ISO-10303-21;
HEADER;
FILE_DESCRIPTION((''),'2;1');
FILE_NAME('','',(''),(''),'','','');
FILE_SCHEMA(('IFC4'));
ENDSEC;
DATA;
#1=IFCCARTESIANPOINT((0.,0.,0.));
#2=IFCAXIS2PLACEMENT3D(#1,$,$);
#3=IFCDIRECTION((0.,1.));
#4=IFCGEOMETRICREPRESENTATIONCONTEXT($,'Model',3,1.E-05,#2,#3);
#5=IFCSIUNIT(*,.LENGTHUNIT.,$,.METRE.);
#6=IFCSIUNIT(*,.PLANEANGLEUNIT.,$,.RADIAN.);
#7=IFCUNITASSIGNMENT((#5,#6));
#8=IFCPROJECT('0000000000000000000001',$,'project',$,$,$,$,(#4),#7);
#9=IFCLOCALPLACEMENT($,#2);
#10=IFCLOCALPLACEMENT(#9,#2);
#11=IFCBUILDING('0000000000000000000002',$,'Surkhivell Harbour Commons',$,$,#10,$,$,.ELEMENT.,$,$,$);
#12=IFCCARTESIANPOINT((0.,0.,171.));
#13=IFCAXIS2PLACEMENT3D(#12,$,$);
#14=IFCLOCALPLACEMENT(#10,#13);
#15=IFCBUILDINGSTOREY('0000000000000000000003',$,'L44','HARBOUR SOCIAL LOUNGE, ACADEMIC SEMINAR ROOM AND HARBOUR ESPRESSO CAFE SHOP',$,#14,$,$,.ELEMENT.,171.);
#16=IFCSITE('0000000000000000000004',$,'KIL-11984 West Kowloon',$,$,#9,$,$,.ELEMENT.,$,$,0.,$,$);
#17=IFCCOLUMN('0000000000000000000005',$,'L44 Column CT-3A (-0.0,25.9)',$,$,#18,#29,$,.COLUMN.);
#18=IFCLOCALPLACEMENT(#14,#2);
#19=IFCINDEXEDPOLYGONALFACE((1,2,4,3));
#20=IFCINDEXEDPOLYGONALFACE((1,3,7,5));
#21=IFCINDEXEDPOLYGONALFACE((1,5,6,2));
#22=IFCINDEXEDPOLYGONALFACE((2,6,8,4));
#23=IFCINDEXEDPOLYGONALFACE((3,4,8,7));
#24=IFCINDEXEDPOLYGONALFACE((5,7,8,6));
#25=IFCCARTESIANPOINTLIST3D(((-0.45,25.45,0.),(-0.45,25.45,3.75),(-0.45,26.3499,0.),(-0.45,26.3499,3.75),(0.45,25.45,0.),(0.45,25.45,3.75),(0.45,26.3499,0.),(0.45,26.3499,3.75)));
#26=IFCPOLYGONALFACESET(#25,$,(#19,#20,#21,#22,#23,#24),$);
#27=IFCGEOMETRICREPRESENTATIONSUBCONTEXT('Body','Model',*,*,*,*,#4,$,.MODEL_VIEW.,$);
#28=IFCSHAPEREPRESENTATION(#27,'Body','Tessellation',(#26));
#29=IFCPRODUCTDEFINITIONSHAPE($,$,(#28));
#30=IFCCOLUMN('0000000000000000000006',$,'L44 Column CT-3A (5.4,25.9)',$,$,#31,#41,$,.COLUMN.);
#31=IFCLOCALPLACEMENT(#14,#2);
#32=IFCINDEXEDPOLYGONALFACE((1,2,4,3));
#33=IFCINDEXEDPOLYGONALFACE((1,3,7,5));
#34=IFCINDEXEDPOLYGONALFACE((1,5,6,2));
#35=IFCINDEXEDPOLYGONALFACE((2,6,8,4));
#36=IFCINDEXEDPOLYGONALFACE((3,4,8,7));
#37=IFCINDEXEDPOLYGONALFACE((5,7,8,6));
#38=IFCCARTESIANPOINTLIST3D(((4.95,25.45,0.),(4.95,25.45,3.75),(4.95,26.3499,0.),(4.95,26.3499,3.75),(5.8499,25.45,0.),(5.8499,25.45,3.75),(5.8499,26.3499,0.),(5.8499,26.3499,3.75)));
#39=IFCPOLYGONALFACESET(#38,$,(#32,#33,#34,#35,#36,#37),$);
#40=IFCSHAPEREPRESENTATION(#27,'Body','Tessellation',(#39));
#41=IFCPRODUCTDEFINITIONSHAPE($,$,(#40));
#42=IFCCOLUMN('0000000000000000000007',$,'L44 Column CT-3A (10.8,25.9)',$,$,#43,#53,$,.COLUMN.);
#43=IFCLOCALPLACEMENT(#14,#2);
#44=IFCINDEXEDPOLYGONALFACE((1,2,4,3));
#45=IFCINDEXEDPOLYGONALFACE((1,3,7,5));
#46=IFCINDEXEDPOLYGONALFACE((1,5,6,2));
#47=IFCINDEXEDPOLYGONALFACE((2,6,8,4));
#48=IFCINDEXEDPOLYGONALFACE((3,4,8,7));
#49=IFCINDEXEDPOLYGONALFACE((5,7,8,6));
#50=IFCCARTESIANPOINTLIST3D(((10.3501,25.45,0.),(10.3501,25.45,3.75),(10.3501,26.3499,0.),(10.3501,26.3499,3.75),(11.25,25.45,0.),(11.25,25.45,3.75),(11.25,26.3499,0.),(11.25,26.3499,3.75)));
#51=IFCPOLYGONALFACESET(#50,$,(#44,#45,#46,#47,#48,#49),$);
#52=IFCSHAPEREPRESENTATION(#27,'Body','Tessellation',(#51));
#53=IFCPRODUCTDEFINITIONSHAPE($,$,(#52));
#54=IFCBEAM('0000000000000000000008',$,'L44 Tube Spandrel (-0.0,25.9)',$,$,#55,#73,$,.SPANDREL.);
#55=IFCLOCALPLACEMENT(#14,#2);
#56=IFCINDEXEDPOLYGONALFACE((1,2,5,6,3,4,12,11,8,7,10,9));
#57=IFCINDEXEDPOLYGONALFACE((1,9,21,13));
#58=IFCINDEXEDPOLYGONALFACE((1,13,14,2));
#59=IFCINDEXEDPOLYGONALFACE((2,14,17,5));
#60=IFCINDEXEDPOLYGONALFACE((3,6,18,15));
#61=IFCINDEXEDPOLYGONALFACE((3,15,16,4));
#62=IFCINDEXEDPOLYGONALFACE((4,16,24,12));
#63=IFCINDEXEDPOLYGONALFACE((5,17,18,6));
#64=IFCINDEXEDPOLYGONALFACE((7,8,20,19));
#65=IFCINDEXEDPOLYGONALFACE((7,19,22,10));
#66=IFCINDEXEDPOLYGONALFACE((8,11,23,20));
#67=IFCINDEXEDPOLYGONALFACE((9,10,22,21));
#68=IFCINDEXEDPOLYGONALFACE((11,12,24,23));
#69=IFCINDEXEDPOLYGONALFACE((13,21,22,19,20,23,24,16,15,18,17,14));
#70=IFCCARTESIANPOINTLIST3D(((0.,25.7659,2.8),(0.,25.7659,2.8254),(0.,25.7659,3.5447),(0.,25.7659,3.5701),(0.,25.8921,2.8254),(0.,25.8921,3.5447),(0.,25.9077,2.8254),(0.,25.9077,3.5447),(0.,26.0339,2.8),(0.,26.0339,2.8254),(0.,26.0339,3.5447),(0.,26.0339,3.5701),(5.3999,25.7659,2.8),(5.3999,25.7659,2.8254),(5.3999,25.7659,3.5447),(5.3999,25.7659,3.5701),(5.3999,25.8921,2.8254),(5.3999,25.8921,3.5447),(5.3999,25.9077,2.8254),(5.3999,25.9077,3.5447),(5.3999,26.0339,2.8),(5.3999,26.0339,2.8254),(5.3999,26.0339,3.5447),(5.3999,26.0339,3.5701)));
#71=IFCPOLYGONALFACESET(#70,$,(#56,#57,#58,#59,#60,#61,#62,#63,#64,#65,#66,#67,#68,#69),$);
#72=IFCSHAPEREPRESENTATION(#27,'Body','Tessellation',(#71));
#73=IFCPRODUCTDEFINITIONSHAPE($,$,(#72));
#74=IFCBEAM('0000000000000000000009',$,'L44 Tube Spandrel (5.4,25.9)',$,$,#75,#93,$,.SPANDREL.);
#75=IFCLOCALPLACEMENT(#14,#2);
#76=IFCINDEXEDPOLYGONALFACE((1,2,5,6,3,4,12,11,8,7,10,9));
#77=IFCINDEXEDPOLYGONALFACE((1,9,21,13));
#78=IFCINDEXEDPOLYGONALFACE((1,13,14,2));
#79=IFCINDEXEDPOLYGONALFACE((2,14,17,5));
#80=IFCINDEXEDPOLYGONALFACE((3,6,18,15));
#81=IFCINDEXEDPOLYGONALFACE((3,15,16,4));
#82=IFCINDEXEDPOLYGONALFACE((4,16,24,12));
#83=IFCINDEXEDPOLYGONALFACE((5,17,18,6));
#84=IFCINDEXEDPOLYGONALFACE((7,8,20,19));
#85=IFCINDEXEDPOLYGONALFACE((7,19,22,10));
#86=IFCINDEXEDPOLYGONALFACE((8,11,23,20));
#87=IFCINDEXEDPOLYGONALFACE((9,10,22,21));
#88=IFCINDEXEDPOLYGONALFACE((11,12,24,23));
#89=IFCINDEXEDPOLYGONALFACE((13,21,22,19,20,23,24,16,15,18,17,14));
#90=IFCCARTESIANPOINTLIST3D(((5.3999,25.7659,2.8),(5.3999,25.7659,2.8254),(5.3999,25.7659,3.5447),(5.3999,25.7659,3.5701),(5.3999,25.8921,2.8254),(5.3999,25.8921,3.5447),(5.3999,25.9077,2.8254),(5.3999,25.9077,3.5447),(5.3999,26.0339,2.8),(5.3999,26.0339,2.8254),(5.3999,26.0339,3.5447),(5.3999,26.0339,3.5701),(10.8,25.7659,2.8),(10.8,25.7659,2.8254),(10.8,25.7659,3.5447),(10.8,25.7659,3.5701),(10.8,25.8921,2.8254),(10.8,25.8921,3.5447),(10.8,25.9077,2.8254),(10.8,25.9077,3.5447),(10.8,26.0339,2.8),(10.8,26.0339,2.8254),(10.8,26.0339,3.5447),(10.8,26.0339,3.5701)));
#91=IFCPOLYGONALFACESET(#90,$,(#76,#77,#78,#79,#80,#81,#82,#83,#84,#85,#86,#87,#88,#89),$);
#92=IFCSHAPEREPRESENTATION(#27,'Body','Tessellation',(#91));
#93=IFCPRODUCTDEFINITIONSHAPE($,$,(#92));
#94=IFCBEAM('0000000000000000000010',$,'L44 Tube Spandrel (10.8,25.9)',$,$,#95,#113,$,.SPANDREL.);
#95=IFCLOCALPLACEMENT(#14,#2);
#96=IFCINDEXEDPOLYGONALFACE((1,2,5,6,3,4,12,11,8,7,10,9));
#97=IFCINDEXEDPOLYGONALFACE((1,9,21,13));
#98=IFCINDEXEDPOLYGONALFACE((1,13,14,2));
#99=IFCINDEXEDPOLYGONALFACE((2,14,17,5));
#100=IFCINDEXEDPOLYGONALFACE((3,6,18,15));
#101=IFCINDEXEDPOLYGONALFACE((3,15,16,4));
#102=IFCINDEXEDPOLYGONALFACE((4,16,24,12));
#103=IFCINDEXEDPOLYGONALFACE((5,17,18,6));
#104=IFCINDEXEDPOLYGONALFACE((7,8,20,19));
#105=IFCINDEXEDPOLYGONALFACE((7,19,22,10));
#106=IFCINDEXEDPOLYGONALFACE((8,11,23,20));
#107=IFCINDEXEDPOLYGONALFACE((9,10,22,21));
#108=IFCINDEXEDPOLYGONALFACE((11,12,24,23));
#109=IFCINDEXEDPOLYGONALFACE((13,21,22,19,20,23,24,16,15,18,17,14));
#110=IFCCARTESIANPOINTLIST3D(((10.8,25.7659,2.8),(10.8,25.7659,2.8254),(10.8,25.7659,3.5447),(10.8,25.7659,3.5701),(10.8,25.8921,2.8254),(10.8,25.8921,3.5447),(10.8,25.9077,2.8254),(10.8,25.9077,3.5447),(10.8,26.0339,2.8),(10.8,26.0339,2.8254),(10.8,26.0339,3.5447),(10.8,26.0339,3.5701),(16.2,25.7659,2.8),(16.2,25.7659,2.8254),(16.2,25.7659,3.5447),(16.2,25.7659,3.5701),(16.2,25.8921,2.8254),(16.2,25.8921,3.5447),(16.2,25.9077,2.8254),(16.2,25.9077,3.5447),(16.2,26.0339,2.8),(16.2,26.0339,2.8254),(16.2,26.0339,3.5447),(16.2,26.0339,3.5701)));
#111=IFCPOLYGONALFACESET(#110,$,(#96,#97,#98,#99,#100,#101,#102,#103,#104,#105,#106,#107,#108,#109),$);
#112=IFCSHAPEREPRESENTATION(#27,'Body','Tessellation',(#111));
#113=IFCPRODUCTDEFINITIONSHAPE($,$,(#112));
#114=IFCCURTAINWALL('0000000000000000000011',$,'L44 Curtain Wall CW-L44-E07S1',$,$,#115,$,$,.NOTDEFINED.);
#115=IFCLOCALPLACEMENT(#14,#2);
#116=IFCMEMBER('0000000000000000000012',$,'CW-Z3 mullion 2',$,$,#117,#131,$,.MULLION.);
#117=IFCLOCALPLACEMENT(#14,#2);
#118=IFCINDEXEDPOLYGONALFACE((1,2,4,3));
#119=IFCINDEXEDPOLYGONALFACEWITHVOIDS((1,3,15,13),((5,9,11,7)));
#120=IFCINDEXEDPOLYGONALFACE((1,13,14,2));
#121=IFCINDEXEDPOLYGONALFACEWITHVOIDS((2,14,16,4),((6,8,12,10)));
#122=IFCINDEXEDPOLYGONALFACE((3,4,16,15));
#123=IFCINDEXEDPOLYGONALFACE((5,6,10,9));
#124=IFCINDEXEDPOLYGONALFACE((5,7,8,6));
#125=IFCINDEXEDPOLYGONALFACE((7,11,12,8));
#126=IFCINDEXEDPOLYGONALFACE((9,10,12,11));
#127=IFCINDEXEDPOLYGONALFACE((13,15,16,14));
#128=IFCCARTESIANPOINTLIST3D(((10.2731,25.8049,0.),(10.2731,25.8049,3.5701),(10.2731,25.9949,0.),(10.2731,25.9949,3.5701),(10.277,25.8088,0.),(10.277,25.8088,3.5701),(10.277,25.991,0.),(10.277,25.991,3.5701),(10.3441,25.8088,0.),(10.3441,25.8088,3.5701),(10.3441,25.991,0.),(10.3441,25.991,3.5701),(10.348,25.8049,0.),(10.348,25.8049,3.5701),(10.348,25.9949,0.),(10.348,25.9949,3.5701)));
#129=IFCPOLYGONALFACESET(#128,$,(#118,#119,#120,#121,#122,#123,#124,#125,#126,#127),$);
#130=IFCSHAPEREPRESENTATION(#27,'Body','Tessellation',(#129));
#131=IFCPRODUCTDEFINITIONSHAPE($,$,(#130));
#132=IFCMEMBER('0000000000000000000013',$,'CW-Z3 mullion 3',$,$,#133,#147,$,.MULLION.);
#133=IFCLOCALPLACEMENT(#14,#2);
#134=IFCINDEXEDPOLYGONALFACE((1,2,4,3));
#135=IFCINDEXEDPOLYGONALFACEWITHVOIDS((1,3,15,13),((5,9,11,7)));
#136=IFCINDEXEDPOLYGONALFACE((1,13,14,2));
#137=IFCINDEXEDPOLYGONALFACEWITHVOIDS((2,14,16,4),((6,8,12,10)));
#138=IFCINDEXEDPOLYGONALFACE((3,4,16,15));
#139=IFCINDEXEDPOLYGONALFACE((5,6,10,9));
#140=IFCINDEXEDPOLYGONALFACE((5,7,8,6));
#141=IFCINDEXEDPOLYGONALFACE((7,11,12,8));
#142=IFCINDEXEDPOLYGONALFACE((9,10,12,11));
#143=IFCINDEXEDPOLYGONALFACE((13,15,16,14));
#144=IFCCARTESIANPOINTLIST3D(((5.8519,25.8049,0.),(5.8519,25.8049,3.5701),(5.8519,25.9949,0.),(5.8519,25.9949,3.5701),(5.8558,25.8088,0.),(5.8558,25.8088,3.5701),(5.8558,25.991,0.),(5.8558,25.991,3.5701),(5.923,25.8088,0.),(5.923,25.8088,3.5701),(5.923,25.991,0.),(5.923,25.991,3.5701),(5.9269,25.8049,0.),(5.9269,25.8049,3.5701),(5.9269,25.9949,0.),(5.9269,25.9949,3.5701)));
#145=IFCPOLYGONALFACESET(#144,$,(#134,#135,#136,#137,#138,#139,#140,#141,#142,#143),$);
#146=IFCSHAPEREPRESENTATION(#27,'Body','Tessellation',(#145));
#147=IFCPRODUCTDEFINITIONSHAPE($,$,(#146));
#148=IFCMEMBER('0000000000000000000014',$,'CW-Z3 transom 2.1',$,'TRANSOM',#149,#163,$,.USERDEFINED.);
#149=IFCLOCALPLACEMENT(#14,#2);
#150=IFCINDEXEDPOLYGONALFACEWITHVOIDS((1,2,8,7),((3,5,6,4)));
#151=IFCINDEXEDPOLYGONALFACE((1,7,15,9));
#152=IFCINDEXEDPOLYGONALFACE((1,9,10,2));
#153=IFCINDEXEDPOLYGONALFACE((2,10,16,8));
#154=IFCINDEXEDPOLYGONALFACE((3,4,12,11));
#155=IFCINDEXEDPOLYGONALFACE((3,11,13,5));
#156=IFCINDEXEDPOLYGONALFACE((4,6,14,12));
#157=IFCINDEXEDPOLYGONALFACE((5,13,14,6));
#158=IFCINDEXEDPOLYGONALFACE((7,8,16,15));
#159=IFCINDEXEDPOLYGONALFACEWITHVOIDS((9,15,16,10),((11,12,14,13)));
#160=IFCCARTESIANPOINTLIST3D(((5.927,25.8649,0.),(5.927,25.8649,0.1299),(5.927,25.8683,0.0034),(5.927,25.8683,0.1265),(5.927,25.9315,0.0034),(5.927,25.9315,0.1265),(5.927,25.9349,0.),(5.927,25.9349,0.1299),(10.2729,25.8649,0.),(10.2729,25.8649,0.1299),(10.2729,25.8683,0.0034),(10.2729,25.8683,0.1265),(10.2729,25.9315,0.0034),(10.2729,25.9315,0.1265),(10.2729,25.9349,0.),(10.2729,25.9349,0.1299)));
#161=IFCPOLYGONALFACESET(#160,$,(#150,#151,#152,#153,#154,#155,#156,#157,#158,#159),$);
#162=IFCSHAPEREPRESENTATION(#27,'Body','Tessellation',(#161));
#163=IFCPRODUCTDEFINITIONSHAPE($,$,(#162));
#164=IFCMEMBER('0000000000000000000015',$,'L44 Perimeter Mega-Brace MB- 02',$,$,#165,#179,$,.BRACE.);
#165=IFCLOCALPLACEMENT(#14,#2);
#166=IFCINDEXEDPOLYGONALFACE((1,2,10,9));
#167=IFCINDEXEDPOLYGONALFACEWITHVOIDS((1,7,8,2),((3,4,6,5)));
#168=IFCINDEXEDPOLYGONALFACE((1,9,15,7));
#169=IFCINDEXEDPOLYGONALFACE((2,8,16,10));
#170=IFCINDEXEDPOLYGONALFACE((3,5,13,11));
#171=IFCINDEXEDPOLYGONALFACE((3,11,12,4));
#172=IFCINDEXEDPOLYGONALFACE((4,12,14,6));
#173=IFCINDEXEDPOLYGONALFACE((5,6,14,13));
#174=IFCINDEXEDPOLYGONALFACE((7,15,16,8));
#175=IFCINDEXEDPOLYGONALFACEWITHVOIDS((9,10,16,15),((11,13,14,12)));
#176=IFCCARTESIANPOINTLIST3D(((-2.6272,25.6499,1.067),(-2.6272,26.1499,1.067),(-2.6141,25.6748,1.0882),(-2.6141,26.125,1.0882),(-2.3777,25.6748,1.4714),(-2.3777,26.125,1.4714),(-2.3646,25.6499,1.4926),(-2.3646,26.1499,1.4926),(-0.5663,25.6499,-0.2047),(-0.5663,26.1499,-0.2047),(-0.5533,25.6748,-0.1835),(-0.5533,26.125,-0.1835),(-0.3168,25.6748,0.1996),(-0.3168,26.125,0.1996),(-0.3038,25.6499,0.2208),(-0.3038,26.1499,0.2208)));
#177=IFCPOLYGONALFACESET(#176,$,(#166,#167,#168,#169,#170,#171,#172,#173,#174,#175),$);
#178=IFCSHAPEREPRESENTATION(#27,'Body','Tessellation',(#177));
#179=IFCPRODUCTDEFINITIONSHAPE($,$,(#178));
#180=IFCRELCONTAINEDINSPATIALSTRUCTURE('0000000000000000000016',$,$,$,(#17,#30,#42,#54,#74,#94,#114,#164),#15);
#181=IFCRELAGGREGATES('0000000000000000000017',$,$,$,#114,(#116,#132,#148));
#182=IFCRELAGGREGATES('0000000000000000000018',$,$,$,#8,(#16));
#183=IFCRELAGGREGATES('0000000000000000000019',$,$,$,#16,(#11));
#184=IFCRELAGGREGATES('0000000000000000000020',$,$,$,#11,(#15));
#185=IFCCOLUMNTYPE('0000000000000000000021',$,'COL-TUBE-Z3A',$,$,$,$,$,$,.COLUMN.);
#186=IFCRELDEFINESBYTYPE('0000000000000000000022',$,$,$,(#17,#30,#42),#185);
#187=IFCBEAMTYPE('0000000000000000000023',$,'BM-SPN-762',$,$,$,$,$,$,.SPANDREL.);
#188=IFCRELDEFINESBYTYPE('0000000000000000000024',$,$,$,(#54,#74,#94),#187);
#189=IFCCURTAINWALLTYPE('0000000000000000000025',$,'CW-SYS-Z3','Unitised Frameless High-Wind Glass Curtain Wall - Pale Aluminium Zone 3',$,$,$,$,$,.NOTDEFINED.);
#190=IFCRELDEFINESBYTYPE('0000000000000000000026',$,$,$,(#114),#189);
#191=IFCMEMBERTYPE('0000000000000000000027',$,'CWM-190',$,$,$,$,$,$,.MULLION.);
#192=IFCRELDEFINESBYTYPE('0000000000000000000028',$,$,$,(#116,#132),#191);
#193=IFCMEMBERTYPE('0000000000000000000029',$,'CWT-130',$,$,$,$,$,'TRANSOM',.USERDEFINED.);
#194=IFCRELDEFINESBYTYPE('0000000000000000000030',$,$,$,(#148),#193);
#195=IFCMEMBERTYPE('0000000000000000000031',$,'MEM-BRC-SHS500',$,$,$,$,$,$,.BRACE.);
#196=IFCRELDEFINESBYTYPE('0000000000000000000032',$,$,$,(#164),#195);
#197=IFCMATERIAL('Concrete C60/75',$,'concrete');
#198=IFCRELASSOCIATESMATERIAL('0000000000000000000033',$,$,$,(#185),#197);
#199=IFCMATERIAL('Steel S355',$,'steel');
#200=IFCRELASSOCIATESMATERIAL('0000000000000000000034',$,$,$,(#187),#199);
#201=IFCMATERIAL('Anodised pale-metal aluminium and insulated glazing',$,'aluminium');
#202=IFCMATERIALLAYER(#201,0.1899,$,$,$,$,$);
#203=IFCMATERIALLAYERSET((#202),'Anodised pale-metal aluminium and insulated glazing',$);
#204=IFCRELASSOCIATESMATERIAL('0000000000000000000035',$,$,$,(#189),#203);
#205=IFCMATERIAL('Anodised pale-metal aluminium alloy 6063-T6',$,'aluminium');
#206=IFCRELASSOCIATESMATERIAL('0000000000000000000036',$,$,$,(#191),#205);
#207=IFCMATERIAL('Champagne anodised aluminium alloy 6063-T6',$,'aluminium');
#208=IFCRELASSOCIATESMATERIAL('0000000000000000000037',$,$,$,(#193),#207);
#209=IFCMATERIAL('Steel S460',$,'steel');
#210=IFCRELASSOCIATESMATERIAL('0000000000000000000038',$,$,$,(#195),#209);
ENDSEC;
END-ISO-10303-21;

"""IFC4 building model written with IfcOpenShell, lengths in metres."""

from ifc_helpers import new_model, si_unit, direction, frame, origin, origin_2d, place, context, subcontext, project, spatial, rectangle, hollow_rectangle, i_section, extrude, material, layer, layer_set, material_profile, profile_set, type_object, element, aggregate, save


model = new_model("IFC4")

# Units and contexts
model_context = context("Model", 3, precision=1e-05, world=origin(), true_north=direction((0.0, 1.0)))
body_context = subcontext(model_context, "Body", "Model", "MODEL_VIEW")
ifc_project = project(units=[si_unit("LENGTHUNIT", "METRE"), si_unit("PLANEANGLEUNIT", "RADIAN")], contexts=[model_context])

# Site, building, storey
site_placement = place(None, origin())
site = spatial("IfcSite", under=ifc_project, at=site_placement, Name="KIL-11984 West Kowloon", CompositionType="ELEMENT", RefElevation=0.0)
building_placement = place(site_placement, origin())
building = spatial("IfcBuilding", under=site, at=building_placement, Name="Surkhivell Harbour Commons", CompositionType="ELEMENT")
storey_placement = place(building_placement, frame((0.0, 0.0, 171.0)))
storey = spatial("IfcBuildingStorey", under=building, at=storey_placement, Name="L44", Description="HARBOUR SOCIAL LOUNGE, ACADEMIC SEMINAR ROOM AND HARBOUR ESPRESSO CAFE SHOP", CompositionType="ELEMENT", Elevation=171.0)

# Columns
ifc_material_1 = material(Name="Concrete C60/75", Category="concrete")
ifc_material_profile_1 = material_profile(ifc_material_1, rectangle(XDim=0.8999, YDim=0.8999, at=origin_2d()), Name="RC-COL-900x900")
ifc_profile_set_1 = profile_set([ifc_material_profile_1], Name="Concrete C60/75")
column_type = type_object("IfcColumnType", Name="COL-TUBE-Z3A", PredefinedType="COLUMN", material=ifc_profile_set_1)
for number, where, z_axis, x_axis, name in (
    (1, (0.0, 25.8999, 0.0), (0.0, 0.0, 1.0), (1.0, 0.0, 0.0), "L44 Column CT-3A (-0.0,25.9)"),
    (2, (5.3999, 25.8999, 0.0), (0.0, 0.0, 1.0), (1.0, 0.0, 0.0), "L44 Column CT-3A (5.4,25.9)"),
    (3, (10.8, 25.8999, 0.0), (0.0, 0.0, 1.0), (1.0, 0.0, 0.0), "L44 Column CT-3A (10.8,25.9)"),
):
    element("IfcColumn", number, at=place(storey_placement, frame(where, z_axis=z_axis, x_axis=x_axis)), inside=storey, type_object=column_type, Name=name, PredefinedType="COLUMN", context=body_context, shape_type="SweptSolid", body=[
        extrude(rectangle(XDim=0.8999, YDim=0.8999, at=origin_2d()), origin(), (0.0, 0.0, 1.0), 3.75),
    ])

# Beams
ifc_material_2 = material(Name="Steel S355", Category="steel")
ifc_material_profile_2 = material_profile(ifc_material_2, i_section(OverallWidth=0.2681, OverallDepth=0.77, WebThickness=0.0156, FlangeThickness=0.0254, at=origin_2d()), Name="UB762x267x197")
ifc_profile_set_2 = profile_set([ifc_material_profile_2], Name="Steel S355")
beam_type = type_object("IfcBeamType", Name="BM-SPN-762", PredefinedType="SPANDREL", material=ifc_profile_set_2)
beam_1_placement = place(storey_placement, frame((0.0, 25.8999, 3.1851), z_axis=(1.0, 0.0, 0.0), x_axis=(0.0, 1.0, 0.0)))
element("IfcBeam", 4, at=beam_1_placement, inside=storey, type_object=beam_type, Name="L44 Tube Spandrel (-0.0,25.9)", PredefinedType="SPANDREL", context=body_context, shape_type="SweptSolid", body=[
    extrude(i_section(OverallWidth=0.2681, OverallDepth=0.77, WebThickness=0.0156, FlangeThickness=0.0254, at=origin_2d()), origin(), (0.0, 0.0, 1.0), 5.3999),
])
beam_2_placement = place(storey_placement, frame((5.3999, 25.8999, 3.1851), z_axis=(1.0, 0.0, 0.0), x_axis=(0.0, 1.0, 0.0)))
element("IfcBeam", 5, at=beam_2_placement, inside=storey, type_object=beam_type, Name="L44 Tube Spandrel (5.4,25.9)", PredefinedType="SPANDREL", context=body_context, shape_type="SweptSolid", body=[
    extrude(i_section(OverallWidth=0.2681, OverallDepth=0.77, WebThickness=0.0156, FlangeThickness=0.0254, at=origin_2d()), origin(), (0.0, 0.0, 1.0), 5.4001),
])
beam_3_placement = place(storey_placement, frame((10.8, 25.8999, 3.1851), z_axis=(1.0, 0.0, 0.0), x_axis=(0.0, 1.0, 0.0)))
element("IfcBeam", 6, at=beam_3_placement, inside=storey, type_object=beam_type, Name="L44 Tube Spandrel (10.8,25.9)", PredefinedType="SPANDREL", context=body_context, shape_type="SweptSolid", body=[
    extrude(i_section(OverallWidth=0.2681, OverallDepth=0.77, WebThickness=0.0156, FlangeThickness=0.0254, at=origin_2d()), origin(), (0.0, 0.0, 1.0), 5.3999),
])

# Curtain wall, members
ifc_material_3 = material(Name="Anodised pale-metal aluminium and insulated glazing", Category="aluminium")
ifc_layer_1 = layer(ifc_material_3, 0.1899)
ifc_layer_set_1 = layer_set([ifc_layer_1], Name="Anodised pale-metal aluminium and insulated glazing")
curtain_wall_type = type_object("IfcCurtainWallType", Name="CW-SYS-Z3", Description="Unitised Frameless High-Wind Glass Curtain Wall - Pale Aluminium Zone 3", PredefinedType="NOTDEFINED", material=ifc_layer_set_1)
curtain_wall_placement = place(storey_placement, origin())
curtain_wall = element("IfcCurtainWall", 7, at=curtain_wall_placement, inside=storey, type_object=curtain_wall_type, Name="L44 Curtain Wall CW-L44-E07S1", PredefinedType="NOTDEFINED")
ifc_material_4 = material(Name="Anodised pale-metal aluminium alloy 6063-T6", Category="aluminium")
ifc_material_profile_3 = material_profile(ifc_material_4, hollow_rectangle(XDim=0.075, YDim=0.1899, WallThickness=0.0039, at=origin_2d()), Name="ALU-MULL-75x190")
ifc_profile_set_3 = profile_set([ifc_material_profile_3], Name="Anodised pale-metal aluminium alloy 6063-T6")
member_type_1 = type_object("IfcMemberType", Name="CWM-190", PredefinedType="MULLION", material=ifc_profile_set_3)
member_1_placement = place(storey_placement, frame((10.3105, 25.8999, 0.0), z_axis=(0.0, 0.0, 1.0), x_axis=(-1.0, 0.0, 0.0)))
member_1 = element("IfcMember", 8, at=member_1_placement, type_object=member_type_1, Name="CW-Z3 mullion 2", PredefinedType="MULLION", context=body_context, shape_type="SweptSolid", body=[
    extrude(hollow_rectangle(XDim=0.075, YDim=0.1899, WallThickness=0.0039, at=origin_2d()), origin(), (0.0, 0.0, 1.0), 3.5701),
])
member_2_placement = place(storey_placement, frame((5.8894, 25.8999, 0.0), z_axis=(0.0, 0.0, 1.0), x_axis=(-1.0, 0.0, 0.0)))
member_2 = element("IfcMember", 9, at=member_2_placement, type_object=member_type_1, Name="CW-Z3 mullion 3", PredefinedType="MULLION", context=body_context, shape_type="SweptSolid", body=[
    extrude(hollow_rectangle(XDim=0.075, YDim=0.1899, WallThickness=0.0039, at=origin_2d()), origin(), (0.0, 0.0, 1.0), 3.5701),
])
ifc_material_5 = material(Name="Champagne anodised aluminium alloy 6063-T6", Category="aluminium")
ifc_material_profile_4 = material_profile(ifc_material_5, hollow_rectangle(XDim=0.0701, YDim=0.1299, WallThickness=0.0034, at=origin_2d()), Name="ALU-TRAN-70x130")
ifc_profile_set_4 = profile_set([ifc_material_profile_4], Name="Champagne anodised aluminium alloy 6063-T6")
member_type_2 = type_object("IfcMemberType", Name="CWT-130", ElementType="TRANSOM", PredefinedType="USERDEFINED", material=ifc_profile_set_4)
member_3_placement = place(storey_placement, frame((10.2729, 25.8999, 0.0649), z_axis=(-1.0, 0.0, 0.0), x_axis=(0.0, -1.0, 0.0)))
member_3 = element("IfcMember", 10, at=member_3_placement, type_object=member_type_2, Name="CW-Z3 transom 2.1", ObjectType="TRANSOM", PredefinedType="USERDEFINED", context=body_context, shape_type="SweptSolid", body=[
    extrude(hollow_rectangle(XDim=0.0701, YDim=0.1299, WallThickness=0.0034, at=origin_2d()), origin(), (0.0, 0.0, 1.0), 4.3459),
])

# Member
ifc_material_6 = material(Name="Steel S460", Category="steel")
ifc_material_profile_5 = material_profile(ifc_material_6, hollow_rectangle(XDim=0.5, YDim=0.5, WallThickness=0.0249, at=origin_2d()), Name="SHS500x500x25")
ifc_profile_set_5 = profile_set([ifc_material_profile_5], Name="Steel S460")
member_type_3 = type_object("IfcMemberType", Name="MEM-BRC-SHS500", PredefinedType="BRACE", material=ifc_profile_set_5)
member_4_placement = place(storey_placement, frame((-0.4351, 25.8999, 0.0081), z_axis=(-0.851003, 0.0, 0.52516), x_axis=(0.0, -1.0, 0.0)))
element("IfcMember", 11, at=member_4_placement, inside=storey, type_object=member_type_3, Name="L44 Perimeter Mega-Brace MB- 02", PredefinedType="BRACE", context=body_context, shape_type="SweptSolid", body=[
    extrude(hollow_rectangle(XDim=0.5, YDim=0.5, WallThickness=0.0249, at=origin_2d()), origin(), (0.0, 0.0, 1.0), 2.4216),
])

aggregate(curtain_wall, [member_1, member_2, member_3])

save(model, "model.ifc")
